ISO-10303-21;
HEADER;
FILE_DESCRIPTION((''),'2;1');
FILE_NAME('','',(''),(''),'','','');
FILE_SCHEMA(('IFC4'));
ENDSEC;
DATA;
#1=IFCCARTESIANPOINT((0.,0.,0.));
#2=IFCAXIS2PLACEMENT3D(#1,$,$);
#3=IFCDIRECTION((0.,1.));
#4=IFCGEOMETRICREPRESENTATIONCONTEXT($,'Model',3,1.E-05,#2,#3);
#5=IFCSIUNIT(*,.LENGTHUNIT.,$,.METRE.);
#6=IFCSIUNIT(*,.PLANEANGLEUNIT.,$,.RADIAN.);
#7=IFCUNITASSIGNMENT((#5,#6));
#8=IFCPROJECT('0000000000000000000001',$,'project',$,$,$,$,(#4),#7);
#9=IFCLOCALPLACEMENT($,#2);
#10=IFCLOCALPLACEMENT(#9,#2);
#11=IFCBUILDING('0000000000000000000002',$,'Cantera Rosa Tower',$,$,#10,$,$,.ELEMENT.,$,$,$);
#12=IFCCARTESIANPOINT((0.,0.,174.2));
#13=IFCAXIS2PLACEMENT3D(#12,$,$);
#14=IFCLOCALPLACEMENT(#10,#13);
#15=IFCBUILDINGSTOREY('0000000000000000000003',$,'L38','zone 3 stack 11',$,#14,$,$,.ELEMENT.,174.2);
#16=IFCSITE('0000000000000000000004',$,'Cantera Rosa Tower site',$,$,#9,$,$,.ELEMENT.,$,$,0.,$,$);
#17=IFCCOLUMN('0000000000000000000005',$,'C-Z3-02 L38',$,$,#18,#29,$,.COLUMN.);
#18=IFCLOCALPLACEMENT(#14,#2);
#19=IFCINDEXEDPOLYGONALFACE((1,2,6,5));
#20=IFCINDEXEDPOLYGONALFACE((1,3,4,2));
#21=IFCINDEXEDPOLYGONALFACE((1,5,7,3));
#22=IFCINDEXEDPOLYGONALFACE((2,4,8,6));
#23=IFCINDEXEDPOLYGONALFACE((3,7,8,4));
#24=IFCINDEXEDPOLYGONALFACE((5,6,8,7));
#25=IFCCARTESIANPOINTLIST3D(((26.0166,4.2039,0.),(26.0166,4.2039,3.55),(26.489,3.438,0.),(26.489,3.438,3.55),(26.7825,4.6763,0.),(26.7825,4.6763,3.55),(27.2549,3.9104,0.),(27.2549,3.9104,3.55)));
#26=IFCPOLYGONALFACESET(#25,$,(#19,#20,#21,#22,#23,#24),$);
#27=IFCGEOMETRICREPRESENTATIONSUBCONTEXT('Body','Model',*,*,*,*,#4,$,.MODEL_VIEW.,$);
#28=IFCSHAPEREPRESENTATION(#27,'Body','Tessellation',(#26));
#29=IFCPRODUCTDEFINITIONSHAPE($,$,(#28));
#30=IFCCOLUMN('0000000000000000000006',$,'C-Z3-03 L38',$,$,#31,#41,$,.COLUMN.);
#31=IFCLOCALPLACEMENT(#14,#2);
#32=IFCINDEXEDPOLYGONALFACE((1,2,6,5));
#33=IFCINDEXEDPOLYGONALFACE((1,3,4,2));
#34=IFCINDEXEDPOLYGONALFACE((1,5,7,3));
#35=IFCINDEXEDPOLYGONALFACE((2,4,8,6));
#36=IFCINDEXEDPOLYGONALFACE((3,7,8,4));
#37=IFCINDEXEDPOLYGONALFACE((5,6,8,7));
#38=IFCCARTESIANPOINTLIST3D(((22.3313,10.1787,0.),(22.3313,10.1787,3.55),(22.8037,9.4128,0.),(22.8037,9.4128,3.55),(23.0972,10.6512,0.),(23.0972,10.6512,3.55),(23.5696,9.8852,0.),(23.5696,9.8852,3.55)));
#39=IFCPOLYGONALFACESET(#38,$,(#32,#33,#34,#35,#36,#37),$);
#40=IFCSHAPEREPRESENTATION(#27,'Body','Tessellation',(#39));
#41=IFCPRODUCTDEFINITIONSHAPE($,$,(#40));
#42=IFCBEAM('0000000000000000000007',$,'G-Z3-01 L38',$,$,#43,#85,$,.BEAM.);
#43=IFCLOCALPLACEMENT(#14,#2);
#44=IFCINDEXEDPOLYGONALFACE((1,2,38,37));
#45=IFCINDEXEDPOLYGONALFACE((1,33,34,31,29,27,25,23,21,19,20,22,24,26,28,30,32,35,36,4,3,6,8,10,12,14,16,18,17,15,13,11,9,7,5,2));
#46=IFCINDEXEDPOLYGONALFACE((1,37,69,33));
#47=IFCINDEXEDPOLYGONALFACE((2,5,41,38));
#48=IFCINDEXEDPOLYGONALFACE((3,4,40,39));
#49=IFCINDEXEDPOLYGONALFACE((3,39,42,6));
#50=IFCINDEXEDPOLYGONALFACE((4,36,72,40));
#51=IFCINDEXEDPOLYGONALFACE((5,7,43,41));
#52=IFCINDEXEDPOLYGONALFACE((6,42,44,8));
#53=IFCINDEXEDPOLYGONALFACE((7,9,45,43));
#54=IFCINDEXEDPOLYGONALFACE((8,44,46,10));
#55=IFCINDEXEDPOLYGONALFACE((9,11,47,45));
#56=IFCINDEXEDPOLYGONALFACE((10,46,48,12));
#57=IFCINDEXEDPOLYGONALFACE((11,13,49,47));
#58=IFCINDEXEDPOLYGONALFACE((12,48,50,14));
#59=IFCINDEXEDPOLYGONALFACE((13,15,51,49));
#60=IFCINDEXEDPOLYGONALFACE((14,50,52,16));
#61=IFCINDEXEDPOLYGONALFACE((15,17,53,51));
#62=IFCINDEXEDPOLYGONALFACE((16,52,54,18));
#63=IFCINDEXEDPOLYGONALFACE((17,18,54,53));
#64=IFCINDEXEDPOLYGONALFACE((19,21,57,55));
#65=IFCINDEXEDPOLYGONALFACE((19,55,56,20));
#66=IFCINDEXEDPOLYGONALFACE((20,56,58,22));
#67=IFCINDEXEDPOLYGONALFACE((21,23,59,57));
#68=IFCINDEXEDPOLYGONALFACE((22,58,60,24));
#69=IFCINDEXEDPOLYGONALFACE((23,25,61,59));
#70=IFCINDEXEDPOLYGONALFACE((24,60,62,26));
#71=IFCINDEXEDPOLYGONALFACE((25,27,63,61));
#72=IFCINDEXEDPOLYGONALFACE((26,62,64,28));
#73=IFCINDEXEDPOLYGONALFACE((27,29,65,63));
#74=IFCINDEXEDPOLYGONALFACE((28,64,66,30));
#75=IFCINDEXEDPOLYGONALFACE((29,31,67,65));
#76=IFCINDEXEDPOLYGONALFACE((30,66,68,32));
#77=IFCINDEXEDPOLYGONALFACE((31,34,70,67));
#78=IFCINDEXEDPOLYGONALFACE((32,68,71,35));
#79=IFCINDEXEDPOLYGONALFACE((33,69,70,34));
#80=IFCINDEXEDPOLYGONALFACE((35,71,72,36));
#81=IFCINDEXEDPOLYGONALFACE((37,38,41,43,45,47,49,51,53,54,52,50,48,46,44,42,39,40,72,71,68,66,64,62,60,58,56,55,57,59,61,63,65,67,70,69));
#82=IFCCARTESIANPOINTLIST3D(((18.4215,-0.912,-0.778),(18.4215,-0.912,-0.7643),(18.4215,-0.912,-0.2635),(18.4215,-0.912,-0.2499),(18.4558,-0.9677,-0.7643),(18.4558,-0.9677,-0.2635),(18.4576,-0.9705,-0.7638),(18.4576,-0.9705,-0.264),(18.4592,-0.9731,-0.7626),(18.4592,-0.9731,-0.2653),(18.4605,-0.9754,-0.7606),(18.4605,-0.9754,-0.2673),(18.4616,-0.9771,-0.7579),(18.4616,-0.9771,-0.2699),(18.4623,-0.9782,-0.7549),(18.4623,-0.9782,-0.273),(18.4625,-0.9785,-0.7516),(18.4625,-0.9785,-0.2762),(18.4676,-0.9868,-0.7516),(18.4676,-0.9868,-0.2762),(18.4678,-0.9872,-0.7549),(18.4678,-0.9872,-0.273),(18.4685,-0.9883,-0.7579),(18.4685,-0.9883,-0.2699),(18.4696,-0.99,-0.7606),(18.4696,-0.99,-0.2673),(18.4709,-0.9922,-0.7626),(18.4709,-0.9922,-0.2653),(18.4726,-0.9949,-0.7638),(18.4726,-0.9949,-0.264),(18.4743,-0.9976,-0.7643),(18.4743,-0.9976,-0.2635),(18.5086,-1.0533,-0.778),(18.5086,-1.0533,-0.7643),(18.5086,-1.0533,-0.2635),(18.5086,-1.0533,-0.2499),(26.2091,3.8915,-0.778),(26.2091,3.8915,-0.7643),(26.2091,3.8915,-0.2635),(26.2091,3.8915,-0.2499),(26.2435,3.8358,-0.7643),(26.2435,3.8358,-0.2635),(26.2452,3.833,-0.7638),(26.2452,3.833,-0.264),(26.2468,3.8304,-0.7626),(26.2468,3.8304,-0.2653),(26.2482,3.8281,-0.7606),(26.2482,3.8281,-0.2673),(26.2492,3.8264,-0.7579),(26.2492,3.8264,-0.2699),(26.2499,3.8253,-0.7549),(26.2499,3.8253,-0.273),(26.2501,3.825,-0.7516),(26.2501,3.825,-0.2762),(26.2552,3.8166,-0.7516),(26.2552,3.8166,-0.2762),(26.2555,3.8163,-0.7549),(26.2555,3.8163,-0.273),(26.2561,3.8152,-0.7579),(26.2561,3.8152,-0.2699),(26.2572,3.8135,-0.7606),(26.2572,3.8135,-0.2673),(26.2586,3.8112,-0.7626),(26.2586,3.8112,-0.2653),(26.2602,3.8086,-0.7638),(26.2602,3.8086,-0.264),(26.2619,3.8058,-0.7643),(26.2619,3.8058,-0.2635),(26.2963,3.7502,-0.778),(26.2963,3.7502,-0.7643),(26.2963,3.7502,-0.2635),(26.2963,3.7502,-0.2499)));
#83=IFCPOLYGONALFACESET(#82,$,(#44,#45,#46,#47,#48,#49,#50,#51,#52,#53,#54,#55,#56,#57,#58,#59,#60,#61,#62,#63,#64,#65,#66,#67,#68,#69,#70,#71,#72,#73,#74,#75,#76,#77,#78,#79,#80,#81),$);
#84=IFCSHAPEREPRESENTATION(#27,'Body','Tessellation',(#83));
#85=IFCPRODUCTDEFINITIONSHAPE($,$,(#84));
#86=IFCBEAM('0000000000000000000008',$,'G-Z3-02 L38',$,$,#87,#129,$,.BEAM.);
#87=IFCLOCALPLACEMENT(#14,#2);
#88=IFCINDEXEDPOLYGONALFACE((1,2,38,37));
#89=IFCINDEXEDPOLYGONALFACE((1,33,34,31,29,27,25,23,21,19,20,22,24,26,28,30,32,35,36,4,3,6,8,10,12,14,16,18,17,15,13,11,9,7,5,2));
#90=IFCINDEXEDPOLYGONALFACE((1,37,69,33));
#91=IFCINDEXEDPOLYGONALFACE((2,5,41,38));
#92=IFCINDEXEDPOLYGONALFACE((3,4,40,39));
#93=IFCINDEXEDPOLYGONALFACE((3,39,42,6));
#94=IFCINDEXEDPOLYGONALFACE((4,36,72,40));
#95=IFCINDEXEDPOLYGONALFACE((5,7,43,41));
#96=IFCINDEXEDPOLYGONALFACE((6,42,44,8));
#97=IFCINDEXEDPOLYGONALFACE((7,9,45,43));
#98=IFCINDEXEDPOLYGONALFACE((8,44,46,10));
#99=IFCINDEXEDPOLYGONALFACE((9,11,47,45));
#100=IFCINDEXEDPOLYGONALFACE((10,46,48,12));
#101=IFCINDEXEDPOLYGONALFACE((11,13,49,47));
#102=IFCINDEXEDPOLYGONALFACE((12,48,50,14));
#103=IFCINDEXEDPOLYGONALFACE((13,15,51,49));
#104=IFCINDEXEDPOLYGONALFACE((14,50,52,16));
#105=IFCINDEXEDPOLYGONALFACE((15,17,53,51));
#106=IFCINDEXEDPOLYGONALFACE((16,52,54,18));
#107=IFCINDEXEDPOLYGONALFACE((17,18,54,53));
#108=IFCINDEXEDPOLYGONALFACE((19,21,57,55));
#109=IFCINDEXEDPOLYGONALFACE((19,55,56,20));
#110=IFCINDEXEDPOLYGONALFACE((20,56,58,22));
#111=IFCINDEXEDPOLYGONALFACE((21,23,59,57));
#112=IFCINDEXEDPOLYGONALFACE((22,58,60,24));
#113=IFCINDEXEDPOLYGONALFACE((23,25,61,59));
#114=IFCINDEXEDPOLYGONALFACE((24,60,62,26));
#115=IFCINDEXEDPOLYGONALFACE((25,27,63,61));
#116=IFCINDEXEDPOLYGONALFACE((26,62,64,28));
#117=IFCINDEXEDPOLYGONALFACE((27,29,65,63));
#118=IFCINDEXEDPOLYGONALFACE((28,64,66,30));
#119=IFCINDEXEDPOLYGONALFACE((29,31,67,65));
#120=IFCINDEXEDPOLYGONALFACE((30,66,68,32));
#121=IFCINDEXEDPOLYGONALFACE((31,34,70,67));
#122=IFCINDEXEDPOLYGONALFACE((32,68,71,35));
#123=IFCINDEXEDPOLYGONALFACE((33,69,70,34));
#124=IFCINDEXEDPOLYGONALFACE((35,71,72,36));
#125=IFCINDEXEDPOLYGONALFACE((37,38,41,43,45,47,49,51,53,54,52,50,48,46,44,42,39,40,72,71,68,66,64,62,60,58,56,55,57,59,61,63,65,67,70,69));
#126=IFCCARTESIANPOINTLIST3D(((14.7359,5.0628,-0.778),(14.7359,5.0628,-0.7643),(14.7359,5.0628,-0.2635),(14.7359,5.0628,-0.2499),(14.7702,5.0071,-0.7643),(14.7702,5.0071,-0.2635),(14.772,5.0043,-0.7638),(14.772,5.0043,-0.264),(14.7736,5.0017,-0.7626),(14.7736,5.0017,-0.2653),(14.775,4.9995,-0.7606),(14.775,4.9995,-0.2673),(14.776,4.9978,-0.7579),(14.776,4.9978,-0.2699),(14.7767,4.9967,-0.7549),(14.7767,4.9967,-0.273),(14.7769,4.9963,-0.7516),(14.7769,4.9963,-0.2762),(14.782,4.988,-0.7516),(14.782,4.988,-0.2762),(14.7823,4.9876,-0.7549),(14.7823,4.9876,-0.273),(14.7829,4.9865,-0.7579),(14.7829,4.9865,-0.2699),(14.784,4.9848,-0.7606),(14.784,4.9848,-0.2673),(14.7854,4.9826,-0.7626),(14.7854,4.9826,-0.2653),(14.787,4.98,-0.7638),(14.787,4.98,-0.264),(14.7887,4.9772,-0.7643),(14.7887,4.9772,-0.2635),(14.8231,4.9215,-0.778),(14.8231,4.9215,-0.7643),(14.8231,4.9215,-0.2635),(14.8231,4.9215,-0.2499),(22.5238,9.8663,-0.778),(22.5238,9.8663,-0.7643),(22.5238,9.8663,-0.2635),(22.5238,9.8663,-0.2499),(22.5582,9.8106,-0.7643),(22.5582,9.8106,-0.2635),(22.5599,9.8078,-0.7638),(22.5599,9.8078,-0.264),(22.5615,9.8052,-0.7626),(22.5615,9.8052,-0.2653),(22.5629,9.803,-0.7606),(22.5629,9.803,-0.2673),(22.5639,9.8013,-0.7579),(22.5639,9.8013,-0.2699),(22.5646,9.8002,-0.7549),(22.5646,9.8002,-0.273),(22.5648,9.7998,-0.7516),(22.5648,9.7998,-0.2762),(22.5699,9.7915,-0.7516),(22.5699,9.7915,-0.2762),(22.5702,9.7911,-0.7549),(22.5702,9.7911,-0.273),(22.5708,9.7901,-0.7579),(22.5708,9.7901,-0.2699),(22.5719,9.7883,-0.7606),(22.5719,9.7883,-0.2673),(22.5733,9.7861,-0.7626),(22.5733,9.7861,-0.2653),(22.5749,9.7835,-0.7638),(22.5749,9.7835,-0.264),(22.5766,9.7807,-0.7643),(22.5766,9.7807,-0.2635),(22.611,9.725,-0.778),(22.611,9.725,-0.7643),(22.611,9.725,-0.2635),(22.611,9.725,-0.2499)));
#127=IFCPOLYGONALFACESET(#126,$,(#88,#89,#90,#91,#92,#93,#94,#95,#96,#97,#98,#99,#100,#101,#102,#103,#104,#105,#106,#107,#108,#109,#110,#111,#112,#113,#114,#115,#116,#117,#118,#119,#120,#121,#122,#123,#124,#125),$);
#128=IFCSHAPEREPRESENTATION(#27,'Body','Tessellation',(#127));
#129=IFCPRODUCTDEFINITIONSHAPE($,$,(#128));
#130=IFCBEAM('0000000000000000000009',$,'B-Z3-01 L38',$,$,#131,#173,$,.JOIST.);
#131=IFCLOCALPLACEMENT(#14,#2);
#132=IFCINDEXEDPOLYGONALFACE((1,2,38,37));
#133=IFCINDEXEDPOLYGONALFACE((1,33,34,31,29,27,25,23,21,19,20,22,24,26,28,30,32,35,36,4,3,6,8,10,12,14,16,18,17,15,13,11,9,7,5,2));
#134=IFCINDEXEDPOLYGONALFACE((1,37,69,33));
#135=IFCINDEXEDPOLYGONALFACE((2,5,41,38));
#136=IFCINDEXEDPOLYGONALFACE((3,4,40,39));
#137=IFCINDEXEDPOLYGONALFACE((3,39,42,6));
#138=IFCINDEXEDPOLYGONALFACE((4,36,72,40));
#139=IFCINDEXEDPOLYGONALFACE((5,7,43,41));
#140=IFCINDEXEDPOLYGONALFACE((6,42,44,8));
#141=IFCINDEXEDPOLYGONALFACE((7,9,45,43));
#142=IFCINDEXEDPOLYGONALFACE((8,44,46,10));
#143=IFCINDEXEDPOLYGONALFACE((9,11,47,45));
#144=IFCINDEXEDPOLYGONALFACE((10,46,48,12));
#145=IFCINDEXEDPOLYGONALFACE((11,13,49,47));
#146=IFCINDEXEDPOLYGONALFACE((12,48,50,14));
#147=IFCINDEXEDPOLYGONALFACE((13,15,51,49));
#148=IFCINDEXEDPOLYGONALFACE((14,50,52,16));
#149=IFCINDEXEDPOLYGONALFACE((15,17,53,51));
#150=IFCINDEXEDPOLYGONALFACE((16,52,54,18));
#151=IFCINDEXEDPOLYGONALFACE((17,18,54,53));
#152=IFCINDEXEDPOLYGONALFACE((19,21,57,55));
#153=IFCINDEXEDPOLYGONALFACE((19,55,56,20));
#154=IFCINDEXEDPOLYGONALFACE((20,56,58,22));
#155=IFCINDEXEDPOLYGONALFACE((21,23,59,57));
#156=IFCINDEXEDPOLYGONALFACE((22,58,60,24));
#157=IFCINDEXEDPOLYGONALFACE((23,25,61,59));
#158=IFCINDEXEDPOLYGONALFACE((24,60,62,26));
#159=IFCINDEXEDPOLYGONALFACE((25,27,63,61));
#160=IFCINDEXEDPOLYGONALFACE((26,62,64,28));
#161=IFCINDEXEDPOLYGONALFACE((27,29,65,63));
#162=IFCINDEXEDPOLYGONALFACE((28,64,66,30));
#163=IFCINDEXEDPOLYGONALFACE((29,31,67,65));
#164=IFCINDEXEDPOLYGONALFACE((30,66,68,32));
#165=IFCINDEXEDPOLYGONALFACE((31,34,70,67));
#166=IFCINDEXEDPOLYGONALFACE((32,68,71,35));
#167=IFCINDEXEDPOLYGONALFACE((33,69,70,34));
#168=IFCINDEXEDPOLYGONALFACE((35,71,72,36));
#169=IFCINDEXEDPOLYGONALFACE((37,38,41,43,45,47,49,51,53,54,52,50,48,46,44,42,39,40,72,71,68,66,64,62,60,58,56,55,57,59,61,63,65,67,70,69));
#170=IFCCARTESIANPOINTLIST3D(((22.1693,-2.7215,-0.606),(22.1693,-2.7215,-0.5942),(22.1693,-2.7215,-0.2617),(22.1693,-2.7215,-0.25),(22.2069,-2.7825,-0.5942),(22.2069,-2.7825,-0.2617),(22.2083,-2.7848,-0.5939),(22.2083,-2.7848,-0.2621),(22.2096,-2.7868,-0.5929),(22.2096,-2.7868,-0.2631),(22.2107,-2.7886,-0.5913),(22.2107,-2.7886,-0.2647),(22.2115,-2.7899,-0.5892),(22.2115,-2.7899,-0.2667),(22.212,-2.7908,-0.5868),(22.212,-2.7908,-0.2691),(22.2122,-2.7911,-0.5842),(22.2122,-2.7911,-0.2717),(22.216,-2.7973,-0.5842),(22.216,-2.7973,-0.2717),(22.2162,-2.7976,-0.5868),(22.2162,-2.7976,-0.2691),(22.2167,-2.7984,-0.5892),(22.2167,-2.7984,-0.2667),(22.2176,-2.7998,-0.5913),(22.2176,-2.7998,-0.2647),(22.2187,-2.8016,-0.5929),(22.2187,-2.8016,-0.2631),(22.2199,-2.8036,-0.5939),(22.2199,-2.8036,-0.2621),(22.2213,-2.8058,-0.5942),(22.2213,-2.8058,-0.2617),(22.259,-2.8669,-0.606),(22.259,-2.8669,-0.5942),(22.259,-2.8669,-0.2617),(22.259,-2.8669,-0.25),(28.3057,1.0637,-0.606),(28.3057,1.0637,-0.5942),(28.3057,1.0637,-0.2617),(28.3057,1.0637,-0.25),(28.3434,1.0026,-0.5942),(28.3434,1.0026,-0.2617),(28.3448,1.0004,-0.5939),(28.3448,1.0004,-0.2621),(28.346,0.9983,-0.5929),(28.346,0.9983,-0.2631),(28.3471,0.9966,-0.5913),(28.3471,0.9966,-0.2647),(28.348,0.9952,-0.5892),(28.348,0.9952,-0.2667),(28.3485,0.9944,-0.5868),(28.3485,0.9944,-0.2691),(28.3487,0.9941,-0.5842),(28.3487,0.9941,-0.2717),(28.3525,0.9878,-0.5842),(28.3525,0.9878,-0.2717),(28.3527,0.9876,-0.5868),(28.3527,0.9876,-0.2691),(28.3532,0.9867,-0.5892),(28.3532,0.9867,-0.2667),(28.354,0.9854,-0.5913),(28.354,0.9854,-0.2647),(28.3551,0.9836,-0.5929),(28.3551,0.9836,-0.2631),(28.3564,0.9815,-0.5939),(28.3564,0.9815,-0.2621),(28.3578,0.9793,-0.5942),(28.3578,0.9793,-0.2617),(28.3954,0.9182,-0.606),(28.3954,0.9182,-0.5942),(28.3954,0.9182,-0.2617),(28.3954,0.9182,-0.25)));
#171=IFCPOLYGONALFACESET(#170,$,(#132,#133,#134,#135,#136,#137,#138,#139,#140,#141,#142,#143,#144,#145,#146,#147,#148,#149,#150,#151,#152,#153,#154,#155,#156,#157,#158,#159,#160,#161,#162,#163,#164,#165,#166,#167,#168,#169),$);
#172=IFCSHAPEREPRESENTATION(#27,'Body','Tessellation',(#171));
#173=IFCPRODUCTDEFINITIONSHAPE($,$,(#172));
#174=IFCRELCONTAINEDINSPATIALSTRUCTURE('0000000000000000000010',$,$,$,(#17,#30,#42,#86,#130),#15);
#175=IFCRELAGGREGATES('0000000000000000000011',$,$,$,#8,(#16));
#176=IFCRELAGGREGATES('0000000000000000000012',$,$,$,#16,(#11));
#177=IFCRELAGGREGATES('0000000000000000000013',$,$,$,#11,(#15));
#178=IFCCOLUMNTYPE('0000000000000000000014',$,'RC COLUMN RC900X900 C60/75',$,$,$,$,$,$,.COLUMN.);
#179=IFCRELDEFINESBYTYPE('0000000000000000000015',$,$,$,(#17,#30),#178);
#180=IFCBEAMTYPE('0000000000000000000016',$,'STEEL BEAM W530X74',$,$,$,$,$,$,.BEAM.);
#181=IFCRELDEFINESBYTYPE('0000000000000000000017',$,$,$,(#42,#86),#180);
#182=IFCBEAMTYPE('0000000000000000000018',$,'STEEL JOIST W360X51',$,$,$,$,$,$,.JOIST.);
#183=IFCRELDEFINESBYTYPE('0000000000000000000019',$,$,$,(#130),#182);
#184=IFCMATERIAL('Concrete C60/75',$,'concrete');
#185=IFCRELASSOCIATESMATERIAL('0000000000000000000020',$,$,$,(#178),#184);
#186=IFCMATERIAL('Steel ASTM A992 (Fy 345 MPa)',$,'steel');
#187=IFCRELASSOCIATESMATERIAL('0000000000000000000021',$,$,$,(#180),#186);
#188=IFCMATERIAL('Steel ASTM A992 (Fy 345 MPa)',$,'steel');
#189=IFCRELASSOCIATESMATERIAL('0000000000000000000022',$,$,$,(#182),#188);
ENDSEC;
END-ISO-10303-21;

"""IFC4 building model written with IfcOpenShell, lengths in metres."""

from ifc_helpers import new_model, si_unit, direction, frame, origin, origin_2d, place, context, subcontext, project, spatial, rectangle, i_section, extrude, material, material_profile, profile_set, type_object, element, save


model = new_model("IFC4")

# Units and contexts
model_context = context("Model", 3, precision=1e-05, world=origin(), true_north=direction((0.0, 1.0)))
body_context = subcontext(model_context, "Body", "Model", "MODEL_VIEW")
ifc_project = project(units=[si_unit("LENGTHUNIT", "METRE"), si_unit("PLANEANGLEUNIT", "RADIAN")], contexts=[model_context])

# Site, building, storey
site_placement = place(None, origin())
site = spatial("IfcSite", under=ifc_project, at=site_placement, Name="Cantera Rosa Tower site", CompositionType="ELEMENT", RefElevation=0.0)
building_placement = place(site_placement, origin())
building = spatial("IfcBuilding", under=site, at=building_placement, Name="Cantera Rosa Tower", CompositionType="ELEMENT")
storey_placement = place(building_placement, frame((0.0, 0.0, 174.2)))
storey = spatial("IfcBuildingStorey", under=building, at=storey_placement, Name="L38", Description="zone 3 stack 11", CompositionType="ELEMENT", Elevation=174.2)

# Columns
ifc_material_1 = material(Name="Concrete C60/75", Category="concrete")
ifc_material_profile_1 = material_profile(ifc_material_1, rectangle(XDim=0.8999, YDim=0.8999, at=origin_2d()), Name="RC COLUMN RC900X900 C60/75")
ifc_profile_set_1 = profile_set([ifc_material_profile_1], Name="Concrete C60/75")
column_type = type_object("IfcColumnType", Name="RC COLUMN RC900X900 C60/75", PredefinedType="COLUMN", material=ifc_profile_set_1)
for number, where, z_axis, x_axis, name in (
    (1, (26.6357, 4.0571, 0.0), (0.0, 0.0, 1.0), (0.851117, 0.524977, 0.0), "C-Z3-02 L38"),
    (2, (22.9504, 10.032, 0.0), (0.0, 0.0, 1.0), (0.851117, 0.524977, 0.0), "C-Z3-03 L38"),
):
    element("IfcColumn", number, at=place(storey_placement, frame(where, z_axis=z_axis, x_axis=x_axis)), inside=storey, type_object=column_type, Name=name, PredefinedType="COLUMN", context=body_context, shape_type="SweptSolid", body=[
        extrude(rectangle(XDim=0.8999, YDim=0.8999, at=origin_2d()), origin(), (0.0, 0.0, 1.0), 3.55),
    ])

# Beams
ifc_material_2 = material(Name="Steel ASTM A992 (Fy 345 MPa)", Category="steel")
ifc_material_profile_2 = material_profile(ifc_material_2, i_section(OverallWidth=0.166, OverallDepth=0.5281, WebThickness=0.0098, FlangeThickness=0.0137, FilletRadius=0.0127, at=origin_2d()), Name="W530X74")
ifc_profile_set_2 = profile_set([ifc_material_profile_2], Name="Steel ASTM A992 (Fy 345 MPa)")
beam_type_1 = type_object("IfcBeamType", Name="STEEL BEAM W530X74", PredefinedType="BEAM", material=ifc_profile_set_2)
beam_1_placement = place(storey_placement, frame((26.2527, 3.8208, -0.5139), z_axis=(-0.851116, -0.524977, 0.0), x_axis=(0.524977, -0.851116, 0.0)))
element("IfcBeam", 3, at=beam_1_placement, inside=storey, type_object=beam_type_1, Name="G-Z3-01 L38", PredefinedType="BEAM", context=body_context, shape_type="SweptSolid", body=[
    extrude(i_section(OverallWidth=0.166, OverallDepth=0.5281, WebThickness=0.0098, FlangeThickness=0.0137, FilletRadius=0.0127, at=origin_2d()), origin(), (0.0, 0.0, 1.0), 9.1499),
])
beam_2_placement = place(storey_placement, frame((22.5674, 9.7957, -0.5139), z_axis=(-0.851124, -0.524965, 0.0), x_axis=(0.524965, -0.851124, 0.0)))
element("IfcBeam", 4, at=beam_2_placement, inside=storey, type_object=beam_type_1, Name="G-Z3-02 L38", PredefinedType="BEAM", context=body_context, shape_type="SweptSolid", body=[
    extrude(i_section(OverallWidth=0.166, OverallDepth=0.5281, WebThickness=0.0098, FlangeThickness=0.0137, FilletRadius=0.0127, at=origin_2d()), origin(), (0.0, 0.0, 1.0), 9.1501),
])
ifc_material_3 = material(Name="Steel ASTM A992 (Fy 345 MPa)", Category="steel")
ifc_material_profile_3 = material_profile(ifc_material_3, i_section(OverallWidth=0.1709, OverallDepth=0.356, WebThickness=0.0073, FlangeThickness=0.0117, FilletRadius=0.01, at=origin_2d()), Name="W360X51")
ifc_profile_set_3 = profile_set([ifc_material_profile_3], Name="Steel ASTM A992 (Fy 345 MPa)")
beam_type_2 = type_object("IfcBeamType", Name="STEEL JOIST W360X51", PredefinedType="JOIST", material=ifc_profile_set_3)
beam_3_placement = place(storey_placement, frame((28.3506, 0.991, -0.428), z_axis=(-0.851109, -0.524989, 0.0), x_axis=(0.524989, -0.851109, 0.0)))
element("IfcBeam", 5, at=beam_3_placement, inside=storey, type_object=beam_type_2, Name="B-Z3-01 L38", PredefinedType="JOIST", context=body_context, shape_type="SweptSolid", body=[
    extrude(i_section(OverallWidth=0.1709, OverallDepth=0.356, WebThickness=0.0073, FlangeThickness=0.0117, FilletRadius=0.01, at=origin_2d()), origin(), (0.0, 0.0, 1.0), 7.21),
])

save(model, "model.ifc")
